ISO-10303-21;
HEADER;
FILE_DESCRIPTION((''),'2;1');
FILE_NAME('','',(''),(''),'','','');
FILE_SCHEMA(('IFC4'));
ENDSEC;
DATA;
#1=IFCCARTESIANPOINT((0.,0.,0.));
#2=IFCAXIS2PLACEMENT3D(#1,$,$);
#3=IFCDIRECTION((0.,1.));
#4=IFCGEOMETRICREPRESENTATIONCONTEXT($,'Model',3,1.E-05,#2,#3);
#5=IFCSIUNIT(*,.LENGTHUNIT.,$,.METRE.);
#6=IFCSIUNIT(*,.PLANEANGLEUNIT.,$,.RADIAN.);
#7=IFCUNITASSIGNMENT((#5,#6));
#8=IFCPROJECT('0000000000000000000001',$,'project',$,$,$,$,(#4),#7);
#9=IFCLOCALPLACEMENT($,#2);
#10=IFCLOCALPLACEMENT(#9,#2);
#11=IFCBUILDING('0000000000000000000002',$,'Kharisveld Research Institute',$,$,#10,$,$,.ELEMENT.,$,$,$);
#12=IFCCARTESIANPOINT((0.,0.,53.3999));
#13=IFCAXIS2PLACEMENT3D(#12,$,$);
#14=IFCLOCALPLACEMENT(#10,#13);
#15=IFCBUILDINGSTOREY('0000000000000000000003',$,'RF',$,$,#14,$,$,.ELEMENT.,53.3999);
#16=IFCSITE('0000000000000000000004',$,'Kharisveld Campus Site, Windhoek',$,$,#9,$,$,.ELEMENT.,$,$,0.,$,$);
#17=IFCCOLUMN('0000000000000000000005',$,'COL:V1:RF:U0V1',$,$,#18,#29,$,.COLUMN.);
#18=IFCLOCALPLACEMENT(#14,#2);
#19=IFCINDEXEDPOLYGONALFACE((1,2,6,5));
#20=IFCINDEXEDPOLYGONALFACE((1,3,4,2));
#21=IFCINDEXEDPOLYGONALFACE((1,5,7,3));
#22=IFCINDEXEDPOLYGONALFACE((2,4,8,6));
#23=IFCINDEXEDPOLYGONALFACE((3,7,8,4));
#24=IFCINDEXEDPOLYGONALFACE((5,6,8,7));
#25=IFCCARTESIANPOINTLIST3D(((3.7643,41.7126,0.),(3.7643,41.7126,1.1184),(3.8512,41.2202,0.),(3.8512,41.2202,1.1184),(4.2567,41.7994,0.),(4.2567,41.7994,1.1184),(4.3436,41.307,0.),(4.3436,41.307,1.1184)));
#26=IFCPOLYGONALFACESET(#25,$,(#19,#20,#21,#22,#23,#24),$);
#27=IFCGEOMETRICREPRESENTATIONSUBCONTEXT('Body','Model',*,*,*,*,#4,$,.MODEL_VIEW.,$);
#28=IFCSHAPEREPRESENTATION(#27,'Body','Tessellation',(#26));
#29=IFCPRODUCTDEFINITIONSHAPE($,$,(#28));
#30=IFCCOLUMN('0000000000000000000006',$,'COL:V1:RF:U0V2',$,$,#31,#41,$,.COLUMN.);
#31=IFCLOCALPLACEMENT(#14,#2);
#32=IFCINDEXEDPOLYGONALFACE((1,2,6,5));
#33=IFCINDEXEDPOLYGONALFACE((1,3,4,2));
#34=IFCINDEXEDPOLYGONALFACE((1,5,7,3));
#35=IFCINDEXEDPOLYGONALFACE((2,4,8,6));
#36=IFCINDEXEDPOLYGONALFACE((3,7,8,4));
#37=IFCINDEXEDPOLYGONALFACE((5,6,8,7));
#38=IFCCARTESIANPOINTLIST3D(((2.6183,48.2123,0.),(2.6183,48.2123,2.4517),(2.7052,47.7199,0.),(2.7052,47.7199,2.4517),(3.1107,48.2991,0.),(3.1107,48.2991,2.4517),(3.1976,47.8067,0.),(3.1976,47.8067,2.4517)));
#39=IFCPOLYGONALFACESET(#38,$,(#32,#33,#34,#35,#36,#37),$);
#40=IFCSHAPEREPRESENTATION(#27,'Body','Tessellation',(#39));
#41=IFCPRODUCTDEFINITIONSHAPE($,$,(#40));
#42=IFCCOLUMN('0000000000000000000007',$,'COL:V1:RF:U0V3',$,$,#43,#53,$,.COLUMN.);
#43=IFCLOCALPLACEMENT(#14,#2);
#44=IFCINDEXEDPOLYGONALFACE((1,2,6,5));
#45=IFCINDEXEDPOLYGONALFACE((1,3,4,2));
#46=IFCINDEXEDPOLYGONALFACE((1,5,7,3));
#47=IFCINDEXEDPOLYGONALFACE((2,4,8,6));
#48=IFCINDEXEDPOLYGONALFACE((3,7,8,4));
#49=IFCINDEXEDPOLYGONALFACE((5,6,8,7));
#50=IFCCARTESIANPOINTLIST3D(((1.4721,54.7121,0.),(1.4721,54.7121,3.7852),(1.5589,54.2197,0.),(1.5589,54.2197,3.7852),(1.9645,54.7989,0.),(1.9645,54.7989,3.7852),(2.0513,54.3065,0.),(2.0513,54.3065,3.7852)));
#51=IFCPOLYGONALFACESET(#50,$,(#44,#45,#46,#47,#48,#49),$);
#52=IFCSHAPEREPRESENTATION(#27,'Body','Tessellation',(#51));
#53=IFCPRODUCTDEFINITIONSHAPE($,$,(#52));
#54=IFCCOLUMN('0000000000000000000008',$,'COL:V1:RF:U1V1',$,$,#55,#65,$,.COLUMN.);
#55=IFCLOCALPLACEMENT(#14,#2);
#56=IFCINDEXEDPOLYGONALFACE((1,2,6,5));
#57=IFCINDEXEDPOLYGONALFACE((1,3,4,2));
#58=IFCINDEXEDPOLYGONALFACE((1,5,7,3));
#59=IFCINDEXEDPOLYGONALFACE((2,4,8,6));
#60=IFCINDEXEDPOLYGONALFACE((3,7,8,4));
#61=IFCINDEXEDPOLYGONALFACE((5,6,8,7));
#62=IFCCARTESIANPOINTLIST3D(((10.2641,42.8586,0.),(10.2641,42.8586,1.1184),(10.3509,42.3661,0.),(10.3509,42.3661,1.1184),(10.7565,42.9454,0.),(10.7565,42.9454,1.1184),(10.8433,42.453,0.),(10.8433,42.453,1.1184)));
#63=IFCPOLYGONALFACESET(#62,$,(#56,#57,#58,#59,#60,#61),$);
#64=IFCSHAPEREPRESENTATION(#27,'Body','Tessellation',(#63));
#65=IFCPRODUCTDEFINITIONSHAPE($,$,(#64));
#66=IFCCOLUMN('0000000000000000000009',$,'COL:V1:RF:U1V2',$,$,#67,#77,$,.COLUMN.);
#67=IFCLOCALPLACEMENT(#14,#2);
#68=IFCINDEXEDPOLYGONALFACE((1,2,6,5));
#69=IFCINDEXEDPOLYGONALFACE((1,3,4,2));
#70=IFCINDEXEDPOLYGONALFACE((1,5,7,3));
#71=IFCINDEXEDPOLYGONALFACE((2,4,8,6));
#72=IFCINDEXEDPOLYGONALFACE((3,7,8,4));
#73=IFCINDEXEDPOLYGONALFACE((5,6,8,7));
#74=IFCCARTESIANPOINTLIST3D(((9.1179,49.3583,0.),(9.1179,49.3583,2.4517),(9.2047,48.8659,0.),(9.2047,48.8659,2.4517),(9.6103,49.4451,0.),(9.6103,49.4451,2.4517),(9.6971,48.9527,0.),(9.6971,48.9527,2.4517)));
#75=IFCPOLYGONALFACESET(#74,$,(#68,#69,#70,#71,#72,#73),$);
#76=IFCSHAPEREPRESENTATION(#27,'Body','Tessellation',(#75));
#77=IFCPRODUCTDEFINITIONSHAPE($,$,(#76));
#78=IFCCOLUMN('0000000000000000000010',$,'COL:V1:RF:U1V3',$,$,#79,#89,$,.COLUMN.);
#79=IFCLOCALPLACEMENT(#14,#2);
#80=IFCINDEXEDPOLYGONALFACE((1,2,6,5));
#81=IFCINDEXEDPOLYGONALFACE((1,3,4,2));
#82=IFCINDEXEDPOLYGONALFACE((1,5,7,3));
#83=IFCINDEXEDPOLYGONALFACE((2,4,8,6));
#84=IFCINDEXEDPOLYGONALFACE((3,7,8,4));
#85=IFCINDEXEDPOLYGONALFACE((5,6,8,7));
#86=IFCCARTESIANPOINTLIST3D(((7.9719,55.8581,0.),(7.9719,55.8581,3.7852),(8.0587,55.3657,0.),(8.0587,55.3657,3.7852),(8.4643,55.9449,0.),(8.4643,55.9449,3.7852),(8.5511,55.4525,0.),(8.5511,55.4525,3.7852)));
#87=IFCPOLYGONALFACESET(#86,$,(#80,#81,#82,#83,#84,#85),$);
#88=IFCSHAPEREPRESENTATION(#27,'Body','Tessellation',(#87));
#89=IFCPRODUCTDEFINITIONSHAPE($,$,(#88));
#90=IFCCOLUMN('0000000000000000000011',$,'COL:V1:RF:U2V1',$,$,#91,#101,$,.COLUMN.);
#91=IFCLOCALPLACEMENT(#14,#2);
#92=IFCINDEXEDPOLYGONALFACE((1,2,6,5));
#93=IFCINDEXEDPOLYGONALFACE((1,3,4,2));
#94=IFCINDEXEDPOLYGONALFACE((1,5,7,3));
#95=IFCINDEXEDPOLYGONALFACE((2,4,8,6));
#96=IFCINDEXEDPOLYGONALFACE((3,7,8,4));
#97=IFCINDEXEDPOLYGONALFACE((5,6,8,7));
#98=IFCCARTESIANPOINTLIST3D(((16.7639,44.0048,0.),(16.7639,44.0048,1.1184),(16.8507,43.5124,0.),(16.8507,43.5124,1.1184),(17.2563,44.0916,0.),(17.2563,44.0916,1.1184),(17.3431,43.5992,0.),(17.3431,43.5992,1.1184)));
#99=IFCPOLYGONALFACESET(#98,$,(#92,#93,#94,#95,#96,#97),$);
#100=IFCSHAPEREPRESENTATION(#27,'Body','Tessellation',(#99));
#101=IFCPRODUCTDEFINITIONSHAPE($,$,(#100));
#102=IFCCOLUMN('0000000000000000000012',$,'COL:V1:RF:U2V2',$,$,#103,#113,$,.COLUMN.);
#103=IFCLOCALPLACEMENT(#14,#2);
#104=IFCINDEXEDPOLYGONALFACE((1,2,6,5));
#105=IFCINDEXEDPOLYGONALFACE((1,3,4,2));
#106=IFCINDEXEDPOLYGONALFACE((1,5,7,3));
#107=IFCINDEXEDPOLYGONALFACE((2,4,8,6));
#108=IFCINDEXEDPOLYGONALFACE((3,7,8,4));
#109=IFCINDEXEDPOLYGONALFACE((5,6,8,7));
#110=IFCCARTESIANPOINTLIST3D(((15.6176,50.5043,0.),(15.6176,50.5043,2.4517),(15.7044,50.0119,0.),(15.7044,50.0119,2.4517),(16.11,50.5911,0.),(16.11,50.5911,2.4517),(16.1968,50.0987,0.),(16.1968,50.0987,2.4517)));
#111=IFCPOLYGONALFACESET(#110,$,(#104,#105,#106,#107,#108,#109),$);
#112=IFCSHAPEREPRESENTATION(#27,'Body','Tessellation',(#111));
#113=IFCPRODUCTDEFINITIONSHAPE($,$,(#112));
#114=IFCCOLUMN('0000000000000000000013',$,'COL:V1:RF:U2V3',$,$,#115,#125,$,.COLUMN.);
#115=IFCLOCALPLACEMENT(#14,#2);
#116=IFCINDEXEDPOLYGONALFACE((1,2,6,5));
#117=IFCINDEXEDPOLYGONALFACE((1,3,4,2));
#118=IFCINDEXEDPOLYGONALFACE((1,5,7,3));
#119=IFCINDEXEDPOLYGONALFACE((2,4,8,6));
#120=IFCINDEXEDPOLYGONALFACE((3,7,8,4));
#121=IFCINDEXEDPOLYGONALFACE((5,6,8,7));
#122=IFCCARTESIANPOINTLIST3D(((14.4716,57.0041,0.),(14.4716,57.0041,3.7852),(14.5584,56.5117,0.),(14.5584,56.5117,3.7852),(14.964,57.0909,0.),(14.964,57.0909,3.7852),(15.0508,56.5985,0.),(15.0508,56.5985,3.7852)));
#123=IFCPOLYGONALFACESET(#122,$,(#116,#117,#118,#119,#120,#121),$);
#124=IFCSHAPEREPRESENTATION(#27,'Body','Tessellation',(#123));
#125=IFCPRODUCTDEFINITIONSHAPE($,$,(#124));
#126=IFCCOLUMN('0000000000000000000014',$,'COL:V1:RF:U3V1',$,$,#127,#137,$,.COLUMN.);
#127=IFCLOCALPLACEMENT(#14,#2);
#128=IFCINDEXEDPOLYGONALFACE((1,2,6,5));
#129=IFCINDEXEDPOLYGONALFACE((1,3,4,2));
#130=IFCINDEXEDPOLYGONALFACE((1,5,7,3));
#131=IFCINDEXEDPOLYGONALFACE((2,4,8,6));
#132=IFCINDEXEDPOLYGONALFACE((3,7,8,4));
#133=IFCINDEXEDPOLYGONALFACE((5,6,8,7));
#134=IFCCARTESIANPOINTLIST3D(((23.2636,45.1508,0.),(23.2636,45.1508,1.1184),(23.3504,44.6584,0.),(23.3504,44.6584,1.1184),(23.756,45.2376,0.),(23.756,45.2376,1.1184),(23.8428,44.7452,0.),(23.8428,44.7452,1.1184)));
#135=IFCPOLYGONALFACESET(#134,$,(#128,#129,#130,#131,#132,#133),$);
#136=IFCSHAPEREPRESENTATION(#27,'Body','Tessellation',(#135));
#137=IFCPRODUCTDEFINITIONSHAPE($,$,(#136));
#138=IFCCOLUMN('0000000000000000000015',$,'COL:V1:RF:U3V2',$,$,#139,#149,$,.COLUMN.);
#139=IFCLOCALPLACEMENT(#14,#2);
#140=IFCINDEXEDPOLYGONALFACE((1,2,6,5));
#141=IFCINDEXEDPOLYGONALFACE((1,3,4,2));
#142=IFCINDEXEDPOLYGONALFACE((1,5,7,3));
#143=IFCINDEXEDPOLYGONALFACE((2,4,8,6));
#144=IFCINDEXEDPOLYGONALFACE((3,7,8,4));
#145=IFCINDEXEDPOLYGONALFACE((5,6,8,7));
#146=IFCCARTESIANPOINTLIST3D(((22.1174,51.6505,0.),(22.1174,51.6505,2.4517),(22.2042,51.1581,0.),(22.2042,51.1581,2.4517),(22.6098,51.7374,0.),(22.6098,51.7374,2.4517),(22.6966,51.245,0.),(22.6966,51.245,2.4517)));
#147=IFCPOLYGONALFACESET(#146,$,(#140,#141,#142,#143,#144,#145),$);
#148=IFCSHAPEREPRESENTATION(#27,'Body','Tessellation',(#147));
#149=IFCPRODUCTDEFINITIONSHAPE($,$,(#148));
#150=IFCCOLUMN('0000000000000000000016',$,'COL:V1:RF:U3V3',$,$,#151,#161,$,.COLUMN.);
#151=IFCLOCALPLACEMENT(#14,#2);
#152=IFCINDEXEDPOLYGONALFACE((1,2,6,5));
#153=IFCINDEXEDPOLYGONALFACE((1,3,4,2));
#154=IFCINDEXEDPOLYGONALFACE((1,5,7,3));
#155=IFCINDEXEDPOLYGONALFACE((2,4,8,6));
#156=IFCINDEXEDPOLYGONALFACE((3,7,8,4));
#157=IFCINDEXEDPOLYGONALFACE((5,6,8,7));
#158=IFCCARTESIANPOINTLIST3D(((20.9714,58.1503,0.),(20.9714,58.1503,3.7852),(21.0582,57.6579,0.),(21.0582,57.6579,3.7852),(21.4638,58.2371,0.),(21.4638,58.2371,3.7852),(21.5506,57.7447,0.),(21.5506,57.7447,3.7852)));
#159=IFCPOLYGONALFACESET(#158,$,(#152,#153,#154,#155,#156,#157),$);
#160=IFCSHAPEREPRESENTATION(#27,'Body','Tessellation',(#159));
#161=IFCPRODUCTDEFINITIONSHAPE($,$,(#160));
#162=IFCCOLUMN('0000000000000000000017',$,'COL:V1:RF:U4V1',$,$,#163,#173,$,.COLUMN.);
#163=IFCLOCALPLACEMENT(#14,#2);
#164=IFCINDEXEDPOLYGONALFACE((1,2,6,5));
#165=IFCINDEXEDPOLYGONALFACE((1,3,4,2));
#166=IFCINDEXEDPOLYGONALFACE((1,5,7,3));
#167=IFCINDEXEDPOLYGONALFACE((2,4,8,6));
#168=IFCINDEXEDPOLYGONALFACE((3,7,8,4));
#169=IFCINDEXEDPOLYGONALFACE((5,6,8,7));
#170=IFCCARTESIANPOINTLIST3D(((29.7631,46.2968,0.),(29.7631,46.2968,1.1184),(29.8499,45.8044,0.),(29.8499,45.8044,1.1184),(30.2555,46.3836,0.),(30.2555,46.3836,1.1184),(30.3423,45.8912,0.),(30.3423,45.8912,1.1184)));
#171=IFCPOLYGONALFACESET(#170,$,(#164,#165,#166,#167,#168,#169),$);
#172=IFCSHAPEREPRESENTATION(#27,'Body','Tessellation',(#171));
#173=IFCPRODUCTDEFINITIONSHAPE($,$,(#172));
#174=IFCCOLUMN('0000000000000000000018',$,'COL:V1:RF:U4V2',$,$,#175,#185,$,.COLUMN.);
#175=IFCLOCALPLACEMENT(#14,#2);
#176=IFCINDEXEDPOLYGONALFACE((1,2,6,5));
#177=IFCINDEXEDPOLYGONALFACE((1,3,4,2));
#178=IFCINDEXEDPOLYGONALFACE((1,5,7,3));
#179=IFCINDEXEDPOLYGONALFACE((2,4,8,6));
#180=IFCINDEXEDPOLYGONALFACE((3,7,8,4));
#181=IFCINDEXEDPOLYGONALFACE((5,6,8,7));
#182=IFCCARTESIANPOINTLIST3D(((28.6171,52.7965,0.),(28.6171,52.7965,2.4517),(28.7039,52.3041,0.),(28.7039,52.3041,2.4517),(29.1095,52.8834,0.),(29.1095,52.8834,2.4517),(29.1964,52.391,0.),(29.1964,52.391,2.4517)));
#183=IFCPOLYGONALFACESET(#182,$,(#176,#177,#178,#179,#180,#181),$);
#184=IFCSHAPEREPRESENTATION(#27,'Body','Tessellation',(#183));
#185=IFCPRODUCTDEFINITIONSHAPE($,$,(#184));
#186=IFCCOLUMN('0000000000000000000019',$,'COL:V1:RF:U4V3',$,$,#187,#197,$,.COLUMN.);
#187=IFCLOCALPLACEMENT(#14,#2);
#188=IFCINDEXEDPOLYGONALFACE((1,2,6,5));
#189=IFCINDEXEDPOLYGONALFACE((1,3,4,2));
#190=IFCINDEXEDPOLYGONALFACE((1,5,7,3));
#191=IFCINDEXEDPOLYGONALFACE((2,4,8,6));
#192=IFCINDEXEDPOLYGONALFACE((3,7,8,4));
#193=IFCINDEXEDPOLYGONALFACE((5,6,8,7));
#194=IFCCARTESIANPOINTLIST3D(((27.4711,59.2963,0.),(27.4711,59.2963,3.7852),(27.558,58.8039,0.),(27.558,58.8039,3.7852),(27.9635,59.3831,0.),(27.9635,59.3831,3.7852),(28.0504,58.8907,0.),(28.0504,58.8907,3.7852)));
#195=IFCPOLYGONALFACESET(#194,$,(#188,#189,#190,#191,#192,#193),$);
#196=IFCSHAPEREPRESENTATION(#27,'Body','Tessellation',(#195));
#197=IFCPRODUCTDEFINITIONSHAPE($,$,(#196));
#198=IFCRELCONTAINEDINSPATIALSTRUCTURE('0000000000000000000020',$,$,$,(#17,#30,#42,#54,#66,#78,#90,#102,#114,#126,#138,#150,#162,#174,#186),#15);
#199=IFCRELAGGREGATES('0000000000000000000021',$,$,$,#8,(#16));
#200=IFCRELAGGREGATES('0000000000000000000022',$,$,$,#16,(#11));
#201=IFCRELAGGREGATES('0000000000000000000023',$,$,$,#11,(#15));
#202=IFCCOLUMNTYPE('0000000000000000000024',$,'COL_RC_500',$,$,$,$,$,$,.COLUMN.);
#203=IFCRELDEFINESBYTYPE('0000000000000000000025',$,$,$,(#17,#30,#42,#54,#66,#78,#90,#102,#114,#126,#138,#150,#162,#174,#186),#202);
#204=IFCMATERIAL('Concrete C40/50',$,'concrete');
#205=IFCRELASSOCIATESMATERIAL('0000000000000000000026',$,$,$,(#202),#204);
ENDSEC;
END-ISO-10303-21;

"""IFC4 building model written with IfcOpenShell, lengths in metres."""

from ifc_helpers import new_model, si_unit, direction, frame, origin, origin_2d, place, context, subcontext, project, spatial, rectangle, extrude, material, material_profile, profile_set, type_object, element, save


model = new_model("IFC4")

# Units and contexts
model_context = context("Model", 3, precision=1e-05, world=origin(), true_north=direction((0.0, 1.0)))
body_context = subcontext(model_context, "Body", "Model", "MODEL_VIEW")
ifc_project = project(units=[si_unit("LENGTHUNIT", "METRE"), si_unit("PLANEANGLEUNIT", "RADIAN")], contexts=[model_context])

# Site, building, storey
site_placement = place(None, origin())
site = spatial("IfcSite", under=ifc_project, at=site_placement, Name="Kharisveld Campus Site, Windhoek", CompositionType="ELEMENT", RefElevation=0.0)
building_placement = place(site_placement, origin())
building = spatial("IfcBuilding", under=site, at=building_placement, Name="Kharisveld Research Institute", CompositionType="ELEMENT")
storey_placement = place(building_placement, frame((0.0, 0.0, 53.3999)))
storey = spatial("IfcBuildingStorey", under=building, at=storey_placement, Name="RF", CompositionType="ELEMENT", Elevation=53.3999)

# Columns
ifc_material_1 = material(Name="Concrete C40/50", Category="concrete")
ifc_material_profile_1 = material_profile(ifc_material_1, rectangle(XDim=0.5, YDim=0.5, at=origin_2d()))
ifc_profile_set_1 = profile_set([ifc_material_profile_1], Name="Concrete C40/50")
column_type = type_object("IfcColumnType", Name="COL_RC_500", PredefinedType="COLUMN", material=ifc_profile_set_1)
column_1_placement = place(storey_placement, frame((4.054, 41.5098, 0.0), z_axis=(0.0, 0.0, 1.0), x_axis=(0.984808, 0.173648, 0.0)))
element("IfcColumn", 1, at=column_1_placement, inside=storey, type_object=column_type, Name="COL:V1:RF:U0V1", PredefinedType="COLUMN", context=body_context, shape_type="SweptSolid", body=[
    extrude(rectangle(XDim=0.5, YDim=0.5, at=origin_2d()), origin(), (0.0, 0.0, 1.0), 1.1184),
])
column_2_placement = place(storey_placement, frame((2.908, 48.0095, 0.0), z_axis=(0.0, 0.0, 1.0), x_axis=(0.984808, 0.173648, 0.0)))
element("IfcColumn", 2, at=column_2_placement, inside=storey, type_object=column_type, Name="COL:V1:RF:U0V2", PredefinedType="COLUMN", context=body_context, shape_type="SweptSolid", body=[
    extrude(rectangle(XDim=0.5, YDim=0.5, at=origin_2d()), origin(), (0.0, 0.0, 1.0), 2.4517),
])
column_3_placement = place(storey_placement, frame((1.7617, 54.5093, 0.0), z_axis=(0.0, 0.0, 1.0), x_axis=(0.984808, 0.173648, 0.0)))
element("IfcColumn", 3, at=column_3_placement, inside=storey, type_object=column_type, Name="COL:V1:RF:U0V3", PredefinedType="COLUMN", context=body_context, shape_type="SweptSolid", body=[
    extrude(rectangle(XDim=0.5, YDim=0.5, at=origin_2d()), origin(), (0.0, 0.0, 1.0), 3.7852),
])
column_4_placement = place(storey_placement, frame((10.5537, 42.6558, 0.0), z_axis=(0.0, 0.0, 1.0), x_axis=(0.984808, 0.173648, 0.0)))
element("IfcColumn", 4, at=column_4_placement, inside=storey, type_object=column_type, Name="COL:V1:RF:U1V1", PredefinedType="COLUMN", context=body_context, shape_type="SweptSolid", body=[
    extrude(rectangle(XDim=0.5, YDim=0.5, at=origin_2d()), origin(), (0.0, 0.0, 1.0), 1.1184),
])
column_5_placement = place(storey_placement, frame((9.4075, 49.1555, 0.0), z_axis=(0.0, 0.0, 1.0), x_axis=(0.984808, 0.173648, 0.0)))
element("IfcColumn", 5, at=column_5_placement, inside=storey, type_object=column_type, Name="COL:V1:RF:U1V2", PredefinedType="COLUMN", context=body_context, shape_type="SweptSolid", body=[
    extrude(rectangle(XDim=0.5, YDim=0.5, at=origin_2d()), origin(), (0.0, 0.0, 1.0), 2.4517),
])
column_6_placement = place(storey_placement, frame((8.2615, 55.6553, 0.0), z_axis=(0.0, 0.0, 1.0), x_axis=(0.984808, 0.173648, 0.0)))
element("IfcColumn", 6, at=column_6_placement, inside=storey, type_object=column_type, Name="COL:V1:RF:U1V3", PredefinedType="COLUMN", context=body_context, shape_type="SweptSolid", body=[
    extrude(rectangle(XDim=0.5, YDim=0.5, at=origin_2d()), origin(), (0.0, 0.0, 1.0), 3.7852),
])
column_7_placement = place(storey_placement, frame((17.0535, 43.802, 0.0), z_axis=(0.0, 0.0, 1.0), x_axis=(0.984808, 0.173648, 0.0)))
element("IfcColumn", 7, at=column_7_placement, inside=storey, type_object=column_type, Name="COL:V1:RF:U2V1", PredefinedType="COLUMN", context=body_context, shape_type="SweptSolid", body=[
    extrude(rectangle(XDim=0.5, YDim=0.5, at=origin_2d()), origin(), (0.0, 0.0, 1.0), 1.1184),
])
column_8_placement = place(storey_placement, frame((15.9072, 50.3015, 0.0), z_axis=(0.0, 0.0, 1.0), x_axis=(0.984808, 0.173648, 0.0)))
element("IfcColumn", 8, at=column_8_placement, inside=storey, type_object=column_type, Name="COL:V1:RF:U2V2", PredefinedType="COLUMN", context=body_context, shape_type="SweptSolid", body=[
    extrude(rectangle(XDim=0.5, YDim=0.5, at=origin_2d()), origin(), (0.0, 0.0, 1.0), 2.4517),
])
column_9_placement = place(storey_placement, frame((14.7612, 56.8013, 0.0), z_axis=(0.0, 0.0, 1.0), x_axis=(0.984808, 0.173648, 0.0)))
element("IfcColumn", 9, at=column_9_placement, inside=storey, type_object=column_type, Name="COL:V1:RF:U2V3", PredefinedType="COLUMN", context=body_context, shape_type="SweptSolid", body=[
    extrude(rectangle(XDim=0.5, YDim=0.5, at=origin_2d()), origin(), (0.0, 0.0, 1.0), 3.7852),
])
column_10_placement = place(storey_placement, frame((23.5532, 44.948, 0.0), z_axis=(0.0, 0.0, 1.0), x_axis=(0.984808, 0.173648, 0.0)))
element("IfcColumn", 10, at=column_10_placement, inside=storey, type_object=column_type, Name="COL:V1:RF:U3V1", PredefinedType="COLUMN", context=body_context, shape_type="SweptSolid", body=[
    extrude(rectangle(XDim=0.5, YDim=0.5, at=origin_2d()), origin(), (0.0, 0.0, 1.0), 1.1184),
])
column_11_placement = place(storey_placement, frame((22.407, 51.4478, 0.0), z_axis=(0.0, 0.0, 1.0), x_axis=(0.984808, 0.173648, 0.0)))
element("IfcColumn", 11, at=column_11_placement, inside=storey, type_object=column_type, Name="COL:V1:RF:U3V2", PredefinedType="COLUMN", context=body_context, shape_type="SweptSolid", body=[
    extrude(rectangle(XDim=0.5, YDim=0.5, at=origin_2d()), origin(), (0.0, 0.0, 1.0), 2.4517),
])
column_12_placement = place(storey_placement, frame((21.261, 57.9475, 0.0), z_axis=(0.0, 0.0, 1.0), x_axis=(0.984808, 0.173648, 0.0)))
element("IfcColumn", 12, at=column_12_placement, inside=storey, type_object=column_type, Name="COL:V1:RF:U3V3", PredefinedType="COLUMN", context=body_context, shape_type="SweptSolid", body=[
    extrude(rectangle(XDim=0.5, YDim=0.5, at=origin_2d()), origin(), (0.0, 0.0, 1.0), 3.7852),
])
column_13_placement = place(storey_placement, frame((30.0527, 46.094, 0.0), z_axis=(0.0, 0.0, 1.0), x_axis=(0.984808, 0.173648, 0.0)))
element("IfcColumn", 13, at=column_13_placement, inside=storey, type_object=column_type, Name="COL:V1:RF:U4V1", PredefinedType="COLUMN", context=body_context, shape_type="SweptSolid", body=[
    extrude(rectangle(XDim=0.5, YDim=0.5, at=origin_2d()), origin(), (0.0, 0.0, 1.0), 1.1184),
])
column_14_placement = place(storey_placement, frame((28.9067, 52.5938, 0.0), z_axis=(0.0, 0.0, 1.0), x_axis=(0.984808, 0.173648, 0.0)))
element("IfcColumn", 14, at=column_14_placement, inside=storey, type_object=column_type, Name="COL:V1:RF:U4V2", PredefinedType="COLUMN", context=body_context, shape_type="SweptSolid", body=[
    extrude(rectangle(XDim=0.5, YDim=0.5, at=origin_2d()), origin(), (0.0, 0.0, 1.0), 2.4517),
])
column_15_placement = place(storey_placement, frame((27.7607, 59.0935, 0.0), z_axis=(0.0, 0.0, 1.0), x_axis=(0.984808, 0.173648, 0.0)))
element("IfcColumn", 15, at=column_15_placement, inside=storey, type_object=column_type, Name="COL:V1:RF:U4V3", PredefinedType="COLUMN", context=body_context, shape_type="SweptSolid", body=[
    extrude(rectangle(XDim=0.5, YDim=0.5, at=origin_2d()), origin(), (0.0, 0.0, 1.0), 3.7852),
])

save(model, "model.ifc")
